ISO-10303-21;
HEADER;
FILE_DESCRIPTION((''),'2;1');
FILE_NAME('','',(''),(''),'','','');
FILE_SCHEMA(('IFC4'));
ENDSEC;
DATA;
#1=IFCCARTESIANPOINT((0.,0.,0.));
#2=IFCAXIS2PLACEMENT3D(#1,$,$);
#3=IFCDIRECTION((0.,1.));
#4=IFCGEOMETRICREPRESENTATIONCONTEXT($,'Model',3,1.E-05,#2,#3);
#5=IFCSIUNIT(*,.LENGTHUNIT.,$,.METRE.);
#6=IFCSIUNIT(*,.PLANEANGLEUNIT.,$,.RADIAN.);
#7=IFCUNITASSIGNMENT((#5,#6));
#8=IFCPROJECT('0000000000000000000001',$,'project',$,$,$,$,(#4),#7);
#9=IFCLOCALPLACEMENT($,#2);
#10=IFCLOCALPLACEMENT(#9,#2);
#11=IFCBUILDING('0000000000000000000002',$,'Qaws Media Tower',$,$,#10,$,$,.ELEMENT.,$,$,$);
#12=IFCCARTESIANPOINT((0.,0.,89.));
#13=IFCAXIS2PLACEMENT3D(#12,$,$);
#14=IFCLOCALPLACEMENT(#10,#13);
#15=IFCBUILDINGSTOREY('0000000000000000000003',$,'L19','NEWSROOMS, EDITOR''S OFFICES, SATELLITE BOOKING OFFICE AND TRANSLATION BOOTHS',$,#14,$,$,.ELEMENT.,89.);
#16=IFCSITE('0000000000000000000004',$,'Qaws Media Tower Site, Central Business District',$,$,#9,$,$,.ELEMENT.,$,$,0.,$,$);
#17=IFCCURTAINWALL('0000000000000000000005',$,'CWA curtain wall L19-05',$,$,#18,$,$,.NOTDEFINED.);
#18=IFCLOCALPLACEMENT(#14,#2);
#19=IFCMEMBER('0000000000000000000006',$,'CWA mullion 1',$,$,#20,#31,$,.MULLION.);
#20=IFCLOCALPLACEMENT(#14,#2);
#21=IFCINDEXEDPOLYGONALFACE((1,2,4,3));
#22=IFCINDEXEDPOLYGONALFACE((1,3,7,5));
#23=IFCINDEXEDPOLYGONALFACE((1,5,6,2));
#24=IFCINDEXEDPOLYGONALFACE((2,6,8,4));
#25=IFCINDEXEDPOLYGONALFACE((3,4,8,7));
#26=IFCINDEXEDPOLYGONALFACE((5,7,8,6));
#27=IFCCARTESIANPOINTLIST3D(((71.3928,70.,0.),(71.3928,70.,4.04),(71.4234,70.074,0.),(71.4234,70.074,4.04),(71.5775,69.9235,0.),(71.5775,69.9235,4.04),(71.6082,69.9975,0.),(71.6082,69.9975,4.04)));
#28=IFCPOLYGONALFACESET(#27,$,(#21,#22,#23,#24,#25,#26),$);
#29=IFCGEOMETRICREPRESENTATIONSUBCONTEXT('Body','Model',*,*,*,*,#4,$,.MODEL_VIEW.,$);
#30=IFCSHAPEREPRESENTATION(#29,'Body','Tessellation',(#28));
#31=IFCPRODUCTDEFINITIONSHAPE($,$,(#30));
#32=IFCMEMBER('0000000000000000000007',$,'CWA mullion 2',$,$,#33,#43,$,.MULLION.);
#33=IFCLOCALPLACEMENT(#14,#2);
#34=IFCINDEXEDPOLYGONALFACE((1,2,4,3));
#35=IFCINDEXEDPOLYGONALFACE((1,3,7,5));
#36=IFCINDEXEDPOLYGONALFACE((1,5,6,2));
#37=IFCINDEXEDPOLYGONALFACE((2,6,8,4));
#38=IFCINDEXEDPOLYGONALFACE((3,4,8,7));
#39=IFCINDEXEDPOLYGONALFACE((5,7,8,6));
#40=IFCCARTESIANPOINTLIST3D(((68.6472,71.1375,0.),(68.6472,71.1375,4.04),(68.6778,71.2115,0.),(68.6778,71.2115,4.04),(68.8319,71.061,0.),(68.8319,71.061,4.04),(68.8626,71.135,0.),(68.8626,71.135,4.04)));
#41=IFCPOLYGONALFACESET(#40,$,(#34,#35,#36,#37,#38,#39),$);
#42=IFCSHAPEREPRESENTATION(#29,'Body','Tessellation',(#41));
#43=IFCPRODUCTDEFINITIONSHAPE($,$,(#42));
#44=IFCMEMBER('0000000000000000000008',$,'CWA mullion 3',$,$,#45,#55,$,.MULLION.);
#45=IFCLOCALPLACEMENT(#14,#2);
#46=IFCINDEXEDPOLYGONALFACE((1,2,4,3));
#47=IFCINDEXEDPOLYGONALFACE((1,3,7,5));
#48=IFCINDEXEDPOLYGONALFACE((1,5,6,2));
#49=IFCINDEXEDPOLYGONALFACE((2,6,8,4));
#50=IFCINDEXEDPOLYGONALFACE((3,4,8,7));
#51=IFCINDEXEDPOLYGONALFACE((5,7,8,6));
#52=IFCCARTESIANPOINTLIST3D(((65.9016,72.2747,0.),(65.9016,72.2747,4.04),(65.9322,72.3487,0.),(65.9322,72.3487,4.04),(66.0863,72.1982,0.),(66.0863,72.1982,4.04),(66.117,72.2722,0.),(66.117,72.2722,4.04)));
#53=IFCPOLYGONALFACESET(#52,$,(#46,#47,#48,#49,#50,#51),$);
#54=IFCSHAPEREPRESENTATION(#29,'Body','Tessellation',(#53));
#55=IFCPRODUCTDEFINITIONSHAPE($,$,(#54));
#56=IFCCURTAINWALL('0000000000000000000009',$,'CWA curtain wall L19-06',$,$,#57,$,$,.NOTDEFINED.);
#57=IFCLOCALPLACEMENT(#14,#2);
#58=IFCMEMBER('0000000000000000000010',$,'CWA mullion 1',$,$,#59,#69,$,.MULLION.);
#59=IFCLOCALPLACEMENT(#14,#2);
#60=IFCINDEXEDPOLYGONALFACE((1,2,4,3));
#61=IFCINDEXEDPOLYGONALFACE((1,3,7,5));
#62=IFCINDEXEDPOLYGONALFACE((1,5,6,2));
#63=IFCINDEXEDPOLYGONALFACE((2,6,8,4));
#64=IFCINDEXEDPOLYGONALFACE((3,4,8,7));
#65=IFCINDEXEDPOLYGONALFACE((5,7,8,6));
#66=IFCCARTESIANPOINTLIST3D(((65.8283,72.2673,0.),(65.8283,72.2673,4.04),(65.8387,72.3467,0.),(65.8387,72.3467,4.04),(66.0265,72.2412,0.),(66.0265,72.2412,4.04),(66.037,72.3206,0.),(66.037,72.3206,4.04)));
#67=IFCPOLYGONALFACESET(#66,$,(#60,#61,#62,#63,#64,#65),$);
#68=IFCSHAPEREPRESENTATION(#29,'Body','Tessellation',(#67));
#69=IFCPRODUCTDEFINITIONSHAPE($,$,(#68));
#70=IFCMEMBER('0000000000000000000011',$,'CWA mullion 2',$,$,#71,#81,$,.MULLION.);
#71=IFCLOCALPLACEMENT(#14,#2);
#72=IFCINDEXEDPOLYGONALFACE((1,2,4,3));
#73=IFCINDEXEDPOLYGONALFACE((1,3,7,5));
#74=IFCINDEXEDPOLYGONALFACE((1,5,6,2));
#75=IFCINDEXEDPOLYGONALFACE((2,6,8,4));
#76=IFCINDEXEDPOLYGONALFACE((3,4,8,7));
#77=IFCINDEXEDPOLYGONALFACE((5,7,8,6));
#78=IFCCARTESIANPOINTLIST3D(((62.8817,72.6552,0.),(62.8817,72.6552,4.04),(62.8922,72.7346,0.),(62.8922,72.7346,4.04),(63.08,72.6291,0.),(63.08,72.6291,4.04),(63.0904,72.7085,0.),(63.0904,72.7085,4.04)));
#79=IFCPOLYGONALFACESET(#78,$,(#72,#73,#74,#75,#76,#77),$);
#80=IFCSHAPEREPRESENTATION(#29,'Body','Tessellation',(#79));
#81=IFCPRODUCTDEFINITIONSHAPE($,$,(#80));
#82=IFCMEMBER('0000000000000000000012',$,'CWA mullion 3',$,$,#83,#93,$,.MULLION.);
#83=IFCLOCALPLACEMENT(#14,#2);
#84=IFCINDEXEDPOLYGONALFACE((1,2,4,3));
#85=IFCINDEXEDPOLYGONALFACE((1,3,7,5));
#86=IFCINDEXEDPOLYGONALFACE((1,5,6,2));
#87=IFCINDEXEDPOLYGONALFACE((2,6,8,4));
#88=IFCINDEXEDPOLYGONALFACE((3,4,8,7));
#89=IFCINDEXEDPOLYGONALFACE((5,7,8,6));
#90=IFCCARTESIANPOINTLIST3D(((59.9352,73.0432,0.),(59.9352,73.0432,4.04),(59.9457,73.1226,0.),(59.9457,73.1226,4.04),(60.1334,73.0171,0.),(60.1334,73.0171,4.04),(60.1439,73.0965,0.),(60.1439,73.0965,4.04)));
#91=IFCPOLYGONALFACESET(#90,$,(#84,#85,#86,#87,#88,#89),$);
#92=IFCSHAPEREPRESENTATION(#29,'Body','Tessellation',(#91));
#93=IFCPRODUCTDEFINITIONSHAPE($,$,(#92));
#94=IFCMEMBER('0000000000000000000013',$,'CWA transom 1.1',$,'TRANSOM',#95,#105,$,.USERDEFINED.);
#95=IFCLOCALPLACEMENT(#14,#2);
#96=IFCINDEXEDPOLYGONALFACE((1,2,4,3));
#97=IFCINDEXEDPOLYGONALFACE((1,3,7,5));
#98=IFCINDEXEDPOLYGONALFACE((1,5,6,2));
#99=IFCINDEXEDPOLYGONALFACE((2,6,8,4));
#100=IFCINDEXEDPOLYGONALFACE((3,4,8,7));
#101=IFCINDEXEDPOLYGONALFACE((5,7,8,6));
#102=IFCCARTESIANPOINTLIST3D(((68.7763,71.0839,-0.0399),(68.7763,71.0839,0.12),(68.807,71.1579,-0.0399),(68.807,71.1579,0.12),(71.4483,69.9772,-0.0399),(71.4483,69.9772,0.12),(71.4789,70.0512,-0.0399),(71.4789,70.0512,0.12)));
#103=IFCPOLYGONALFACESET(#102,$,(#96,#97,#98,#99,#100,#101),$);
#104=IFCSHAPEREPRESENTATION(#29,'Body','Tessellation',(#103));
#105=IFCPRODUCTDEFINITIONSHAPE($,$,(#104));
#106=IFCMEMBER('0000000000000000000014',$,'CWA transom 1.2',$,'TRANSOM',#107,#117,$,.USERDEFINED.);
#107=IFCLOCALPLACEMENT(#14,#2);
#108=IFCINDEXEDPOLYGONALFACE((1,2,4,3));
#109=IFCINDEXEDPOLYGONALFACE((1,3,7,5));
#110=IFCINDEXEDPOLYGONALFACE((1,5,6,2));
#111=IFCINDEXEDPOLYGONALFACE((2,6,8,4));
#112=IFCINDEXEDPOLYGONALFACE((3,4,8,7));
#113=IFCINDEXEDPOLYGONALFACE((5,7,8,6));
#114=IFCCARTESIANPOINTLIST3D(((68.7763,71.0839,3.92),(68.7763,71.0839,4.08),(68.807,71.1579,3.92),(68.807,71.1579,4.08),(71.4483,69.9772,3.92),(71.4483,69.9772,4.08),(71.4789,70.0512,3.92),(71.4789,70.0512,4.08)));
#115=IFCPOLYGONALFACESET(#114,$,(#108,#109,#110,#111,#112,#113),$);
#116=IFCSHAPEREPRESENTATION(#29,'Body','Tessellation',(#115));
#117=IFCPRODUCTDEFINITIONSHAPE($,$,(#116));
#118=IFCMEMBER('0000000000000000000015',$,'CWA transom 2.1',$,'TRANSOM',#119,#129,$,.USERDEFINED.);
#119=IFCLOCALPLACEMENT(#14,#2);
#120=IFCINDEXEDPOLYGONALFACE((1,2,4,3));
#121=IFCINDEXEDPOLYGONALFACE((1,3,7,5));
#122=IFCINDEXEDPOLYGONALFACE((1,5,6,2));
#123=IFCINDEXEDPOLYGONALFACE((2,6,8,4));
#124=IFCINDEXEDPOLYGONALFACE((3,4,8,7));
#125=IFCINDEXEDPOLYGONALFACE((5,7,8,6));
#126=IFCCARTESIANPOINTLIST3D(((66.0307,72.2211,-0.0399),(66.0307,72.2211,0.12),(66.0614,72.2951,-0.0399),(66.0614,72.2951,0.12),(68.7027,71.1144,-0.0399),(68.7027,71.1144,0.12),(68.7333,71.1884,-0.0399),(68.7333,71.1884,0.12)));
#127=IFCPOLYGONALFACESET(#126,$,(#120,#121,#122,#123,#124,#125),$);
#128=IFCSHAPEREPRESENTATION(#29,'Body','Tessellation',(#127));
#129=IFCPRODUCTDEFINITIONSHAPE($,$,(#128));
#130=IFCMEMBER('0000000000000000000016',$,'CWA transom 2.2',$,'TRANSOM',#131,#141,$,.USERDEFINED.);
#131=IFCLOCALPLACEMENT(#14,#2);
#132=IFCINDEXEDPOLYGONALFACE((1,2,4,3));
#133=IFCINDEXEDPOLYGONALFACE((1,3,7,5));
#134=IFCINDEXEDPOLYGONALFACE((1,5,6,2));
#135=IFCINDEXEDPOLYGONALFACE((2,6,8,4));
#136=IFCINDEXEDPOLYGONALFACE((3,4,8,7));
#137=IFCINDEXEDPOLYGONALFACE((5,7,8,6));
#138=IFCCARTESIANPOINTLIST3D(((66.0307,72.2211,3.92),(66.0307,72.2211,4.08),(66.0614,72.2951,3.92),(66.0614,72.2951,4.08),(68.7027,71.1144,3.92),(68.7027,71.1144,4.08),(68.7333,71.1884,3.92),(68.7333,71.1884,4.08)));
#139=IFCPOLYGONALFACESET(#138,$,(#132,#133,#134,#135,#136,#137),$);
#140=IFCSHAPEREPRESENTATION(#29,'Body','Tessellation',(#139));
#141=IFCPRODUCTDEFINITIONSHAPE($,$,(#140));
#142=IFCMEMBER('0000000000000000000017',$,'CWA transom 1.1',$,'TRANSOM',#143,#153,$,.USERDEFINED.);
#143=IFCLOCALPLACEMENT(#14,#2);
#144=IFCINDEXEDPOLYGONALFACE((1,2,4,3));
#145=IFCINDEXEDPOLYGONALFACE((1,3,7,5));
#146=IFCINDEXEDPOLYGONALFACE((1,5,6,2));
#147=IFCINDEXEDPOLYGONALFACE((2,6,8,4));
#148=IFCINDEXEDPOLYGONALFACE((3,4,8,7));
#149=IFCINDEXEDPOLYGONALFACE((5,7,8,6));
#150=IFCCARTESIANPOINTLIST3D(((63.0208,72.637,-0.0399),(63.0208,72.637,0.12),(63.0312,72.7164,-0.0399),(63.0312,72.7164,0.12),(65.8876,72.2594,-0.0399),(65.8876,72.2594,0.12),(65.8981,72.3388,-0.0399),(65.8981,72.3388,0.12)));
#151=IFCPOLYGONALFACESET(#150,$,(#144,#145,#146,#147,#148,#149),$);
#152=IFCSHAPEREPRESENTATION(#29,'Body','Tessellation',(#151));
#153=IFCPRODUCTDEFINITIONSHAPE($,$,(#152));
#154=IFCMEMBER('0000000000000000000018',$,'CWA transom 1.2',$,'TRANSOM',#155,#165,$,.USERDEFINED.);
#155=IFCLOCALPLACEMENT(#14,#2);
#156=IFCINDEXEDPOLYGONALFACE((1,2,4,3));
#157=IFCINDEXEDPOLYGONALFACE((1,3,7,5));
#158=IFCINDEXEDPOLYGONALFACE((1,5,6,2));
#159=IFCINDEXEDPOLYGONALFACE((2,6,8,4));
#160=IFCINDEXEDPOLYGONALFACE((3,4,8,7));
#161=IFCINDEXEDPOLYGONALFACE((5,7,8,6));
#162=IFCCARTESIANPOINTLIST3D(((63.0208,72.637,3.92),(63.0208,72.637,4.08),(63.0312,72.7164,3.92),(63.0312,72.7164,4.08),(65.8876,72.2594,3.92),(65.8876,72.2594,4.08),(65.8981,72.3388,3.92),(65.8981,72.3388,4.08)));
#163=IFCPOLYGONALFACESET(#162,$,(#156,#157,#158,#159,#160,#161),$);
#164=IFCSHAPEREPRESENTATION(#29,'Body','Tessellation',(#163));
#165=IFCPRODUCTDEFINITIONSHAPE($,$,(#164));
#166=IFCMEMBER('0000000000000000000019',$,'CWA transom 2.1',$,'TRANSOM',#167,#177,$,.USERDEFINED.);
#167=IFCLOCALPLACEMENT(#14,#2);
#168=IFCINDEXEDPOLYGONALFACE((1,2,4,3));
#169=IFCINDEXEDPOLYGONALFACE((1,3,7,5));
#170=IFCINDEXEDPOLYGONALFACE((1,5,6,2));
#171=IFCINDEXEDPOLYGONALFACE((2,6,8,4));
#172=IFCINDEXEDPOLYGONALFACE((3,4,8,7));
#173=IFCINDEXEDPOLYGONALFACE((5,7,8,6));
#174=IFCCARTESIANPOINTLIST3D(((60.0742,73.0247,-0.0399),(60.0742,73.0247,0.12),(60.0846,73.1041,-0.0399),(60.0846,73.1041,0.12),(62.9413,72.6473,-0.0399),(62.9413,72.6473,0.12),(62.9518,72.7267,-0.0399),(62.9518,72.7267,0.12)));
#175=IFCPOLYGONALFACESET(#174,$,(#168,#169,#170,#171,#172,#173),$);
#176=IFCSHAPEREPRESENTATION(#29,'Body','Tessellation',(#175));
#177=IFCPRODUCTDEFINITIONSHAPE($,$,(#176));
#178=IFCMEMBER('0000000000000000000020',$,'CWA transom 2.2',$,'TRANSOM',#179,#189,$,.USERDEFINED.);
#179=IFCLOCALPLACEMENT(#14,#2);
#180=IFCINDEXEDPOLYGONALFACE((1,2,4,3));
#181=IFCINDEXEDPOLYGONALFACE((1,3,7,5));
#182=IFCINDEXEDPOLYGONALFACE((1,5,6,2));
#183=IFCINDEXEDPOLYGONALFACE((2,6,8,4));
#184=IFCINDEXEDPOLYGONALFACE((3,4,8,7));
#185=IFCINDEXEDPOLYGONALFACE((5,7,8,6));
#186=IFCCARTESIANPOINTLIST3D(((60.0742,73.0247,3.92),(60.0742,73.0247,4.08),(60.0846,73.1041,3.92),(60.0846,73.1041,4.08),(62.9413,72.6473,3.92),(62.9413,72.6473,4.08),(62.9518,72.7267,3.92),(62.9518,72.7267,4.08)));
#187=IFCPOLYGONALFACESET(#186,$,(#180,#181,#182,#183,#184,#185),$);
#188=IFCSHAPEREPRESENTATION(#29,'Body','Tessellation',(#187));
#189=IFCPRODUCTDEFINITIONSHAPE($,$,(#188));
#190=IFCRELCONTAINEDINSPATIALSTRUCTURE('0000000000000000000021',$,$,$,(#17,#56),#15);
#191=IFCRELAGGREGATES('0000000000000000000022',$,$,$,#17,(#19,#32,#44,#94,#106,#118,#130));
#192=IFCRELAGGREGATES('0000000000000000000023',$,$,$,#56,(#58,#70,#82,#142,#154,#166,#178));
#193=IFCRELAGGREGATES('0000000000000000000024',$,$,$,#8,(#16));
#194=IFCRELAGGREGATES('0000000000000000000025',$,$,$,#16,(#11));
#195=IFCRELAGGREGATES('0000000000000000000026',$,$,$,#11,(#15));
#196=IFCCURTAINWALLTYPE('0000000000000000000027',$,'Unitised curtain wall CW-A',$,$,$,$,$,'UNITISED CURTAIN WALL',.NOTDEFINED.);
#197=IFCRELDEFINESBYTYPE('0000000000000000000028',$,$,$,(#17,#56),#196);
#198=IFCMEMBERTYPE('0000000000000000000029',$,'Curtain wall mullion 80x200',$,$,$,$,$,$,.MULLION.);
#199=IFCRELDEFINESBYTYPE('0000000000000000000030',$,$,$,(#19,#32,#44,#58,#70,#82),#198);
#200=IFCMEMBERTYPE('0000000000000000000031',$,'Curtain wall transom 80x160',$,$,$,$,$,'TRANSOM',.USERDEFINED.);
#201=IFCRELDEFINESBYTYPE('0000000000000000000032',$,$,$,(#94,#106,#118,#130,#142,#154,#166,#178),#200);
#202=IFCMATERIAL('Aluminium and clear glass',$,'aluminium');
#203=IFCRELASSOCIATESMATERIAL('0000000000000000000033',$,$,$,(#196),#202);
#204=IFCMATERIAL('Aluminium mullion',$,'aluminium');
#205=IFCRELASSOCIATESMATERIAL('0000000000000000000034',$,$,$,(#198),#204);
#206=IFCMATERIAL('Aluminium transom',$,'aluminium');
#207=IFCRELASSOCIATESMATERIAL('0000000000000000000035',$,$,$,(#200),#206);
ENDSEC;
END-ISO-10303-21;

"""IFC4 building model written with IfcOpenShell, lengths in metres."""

from ifc_helpers import new_model, si_unit, direction, frame, origin, origin_2d, place, context, subcontext, project, spatial, rectangle, extrude, material, material_profile, profile_set, type_object, element, aggregate, save


model = new_model("IFC4")

# Units and contexts
model_context = context("Model", 3, precision=1e-05, world=origin(), true_north=direction((0.0, 1.0)))
body_context = subcontext(model_context, "Body", "Model", "MODEL_VIEW")
ifc_project = project(units=[si_unit("LENGTHUNIT", "METRE"), si_unit("PLANEANGLEUNIT", "RADIAN")], contexts=[model_context])

# Site, building, storey
site_placement = place(None, origin())
site = spatial("IfcSite", under=ifc_project, at=site_placement, Name="Qaws Media Tower Site, Central Business District", CompositionType="ELEMENT", RefElevation=0.0)
building_placement = place(site_placement, origin())
building = spatial("IfcBuilding", under=site, at=building_placement, Name="Qaws Media Tower", CompositionType="ELEMENT")
storey_placement = place(building_placement, frame((0.0, 0.0, 89.0)))
storey = spatial("IfcBuildingStorey", under=building, at=storey_placement, Name="L19", Description="NEWSROOMS, EDITOR'S OFFICES, SATELLITE BOOKING OFFICE AND TRANSLATION BOOTHS", CompositionType="ELEMENT", Elevation=89.0)

# Curtain walls, members
ifc_material_1 = material(Name="Aluminium and clear glass", Category="aluminium")
curtain_wall_type = type_object("IfcCurtainWallType", Name="Unitised curtain wall CW-A", ElementType="UNITISED CURTAIN WALL", PredefinedType="NOTDEFINED", material=ifc_material_1)
curtain_wall_1_placement = place(storey_placement, origin())
curtain_wall_1 = element("IfcCurtainWall", 1, at=curtain_wall_1_placement, inside=storey, type_object=curtain_wall_type, Name="CWA curtain wall L19-05", PredefinedType="NOTDEFINED")
ifc_material_2 = material(Name="Aluminium mullion", Category="aluminium")
ifc_material_profile_1 = material_profile(ifc_material_2, rectangle(XDim=0.0801, YDim=0.2, at=origin_2d()), Name="80x200")
ifc_profile_set_1 = profile_set([ifc_material_profile_1], Name="Aluminium mullion")
member_type_1 = type_object("IfcMemberType", Name="Curtain wall mullion 80x200", PredefinedType="MULLION", material=ifc_profile_set_1)
member_1_placement = place(storey_placement, frame((71.5005, 69.9988, 0.0), z_axis=(0.0, 0.0, 1.0), x_axis=(-0.382683, -0.92388, 0.0)))
member_1 = element("IfcMember", 2, at=member_1_placement, type_object=member_type_1, Name="CWA mullion 1", PredefinedType="MULLION", context=body_context, shape_type="SweptSolid", body=[
    extrude(rectangle(XDim=0.0801, YDim=0.2, at=origin_2d()), origin(), (0.0, 0.0, 1.0), 4.04),
])
member_2_placement = place(storey_placement, frame((68.7549, 71.1362, 0.0), z_axis=(0.0, 0.0, 1.0), x_axis=(-0.382683, -0.92388, 0.0)))
member_2 = element("IfcMember", 3, at=member_2_placement, type_object=member_type_1, Name="CWA mullion 2", PredefinedType="MULLION", context=body_context, shape_type="SweptSolid", body=[
    extrude(rectangle(XDim=0.0801, YDim=0.2, at=origin_2d()), origin(), (0.0, 0.0, 1.0), 4.04),
])
member_3_placement = place(storey_placement, frame((66.0093, 72.2734, 0.0), z_axis=(0.0, 0.0, 1.0), x_axis=(-0.382683, -0.92388, 0.0)))
member_3 = element("IfcMember", 4, at=member_3_placement, type_object=member_type_1, Name="CWA mullion 3", PredefinedType="MULLION", context=body_context, shape_type="SweptSolid", body=[
    extrude(rectangle(XDim=0.0801, YDim=0.2, at=origin_2d()), origin(), (0.0, 0.0, 1.0), 4.04),
])
curtain_wall_2_placement = place(storey_placement, origin())
curtain_wall_2 = element("IfcCurtainWall", 5, at=curtain_wall_2_placement, inside=storey, type_object=curtain_wall_type, Name="CWA curtain wall L19-06", PredefinedType="NOTDEFINED")
member_4_placement = place(storey_placement, frame((65.9326, 72.2939, 0.0), z_axis=(0.0, 0.0, 1.0), x_axis=(-0.130526, -0.991445, 0.0)))
member_4 = element("IfcMember", 6, at=member_4_placement, type_object=member_type_1, Name="CWA mullion 1", PredefinedType="MULLION", context=body_context, shape_type="SweptSolid", body=[
    extrude(rectangle(XDim=0.0801, YDim=0.2, at=origin_2d()), origin(), (0.0, 0.0, 1.0), 4.04),
])
member_5_placement = place(storey_placement, frame((62.9861, 72.6819, 0.0), z_axis=(0.0, 0.0, 1.0), x_axis=(-0.130526, -0.991445, 0.0)))
member_5 = element("IfcMember", 7, at=member_5_placement, type_object=member_type_1, Name="CWA mullion 2", PredefinedType="MULLION", context=body_context, shape_type="SweptSolid", body=[
    extrude(rectangle(XDim=0.0801, YDim=0.2, at=origin_2d()), origin(), (0.0, 0.0, 1.0), 4.04),
])
member_6_placement = place(storey_placement, frame((60.0396, 73.0698, 0.0), z_axis=(0.0, 0.0, 1.0), x_axis=(-0.130526, -0.991445, 0.0)))
member_6 = element("IfcMember", 8, at=member_6_placement, type_object=member_type_1, Name="CWA mullion 3", PredefinedType="MULLION", context=body_context, shape_type="SweptSolid", body=[
    extrude(rectangle(XDim=0.0801, YDim=0.2, at=origin_2d()), origin(), (0.0, 0.0, 1.0), 4.04),
])

# Members
ifc_material_3 = material(Name="Aluminium transom", Category="aluminium")
ifc_material_profile_2 = material_profile(ifc_material_3, rectangle(XDim=0.0801, YDim=0.1599, at=origin_2d()), Name="80x160")
ifc_profile_set_2 = profile_set([ifc_material_profile_2], Name="Aluminium transom")
member_type_2 = type_object("IfcMemberType", Name="Curtain wall transom 80x160", ElementType="TRANSOM", PredefinedType="USERDEFINED", material=ifc_profile_set_2)
member_7_placement = place(storey_placement, frame((71.4636, 70.0142, 0.04), z_axis=(-0.923884, 0.382672, 0.0), x_axis=(-0.382672, -0.923884, 0.0)))
member_7 = element("IfcMember", 9, at=member_7_placement, type_object=member_type_2, Name="CWA transom 1.1", ObjectType="TRANSOM", PredefinedType="USERDEFINED", context=body_context, shape_type="SweptSolid", body=[
    extrude(rectangle(XDim=0.0801, YDim=0.1599, at=origin_2d()), origin(), (0.0, 0.0, 1.0), 2.8921),
])
member_8_placement = place(storey_placement, frame((71.4636, 70.0142, 4.0), z_axis=(-0.923884, 0.382672, 0.0), x_axis=(-0.382672, -0.923884, 0.0)))
member_8 = element("IfcMember", 10, at=member_8_placement, type_object=member_type_2, Name="CWA transom 1.2", ObjectType="TRANSOM", PredefinedType="USERDEFINED", context=body_context, shape_type="SweptSolid", body=[
    extrude(rectangle(XDim=0.0801, YDim=0.1599, at=origin_2d()), origin(), (0.0, 0.0, 1.0), 2.8921),
])
member_9_placement = place(storey_placement, frame((68.718, 71.1514, 0.04), z_axis=(-0.923884, 0.382672, 0.0), x_axis=(-0.382672, -0.923884, 0.0)))
member_9 = element("IfcMember", 11, at=member_9_placement, type_object=member_type_2, Name="CWA transom 2.1", ObjectType="TRANSOM", PredefinedType="USERDEFINED", context=body_context, shape_type="SweptSolid", body=[
    extrude(rectangle(XDim=0.0801, YDim=0.1599, at=origin_2d()), origin(), (0.0, 0.0, 1.0), 2.8921),
])
member_10_placement = place(storey_placement, frame((68.718, 71.1514, 4.0), z_axis=(-0.923884, 0.382672, 0.0), x_axis=(-0.382672, -0.923884, 0.0)))
member_10 = element("IfcMember", 12, at=member_10_placement, type_object=member_type_2, Name="CWA transom 2.2", ObjectType="TRANSOM", PredefinedType="USERDEFINED", context=body_context, shape_type="SweptSolid", body=[
    extrude(rectangle(XDim=0.0801, YDim=0.1599, at=origin_2d()), origin(), (0.0, 0.0, 1.0), 2.8921),
])
member_11_placement = place(storey_placement, frame((65.8928, 72.2991, 0.04), z_axis=(-0.991434, 0.13061, 0.0), x_axis=(-0.13061, -0.991434, 0.0)))
member_11 = element("IfcMember", 13, at=member_11_placement, type_object=member_type_2, Name="CWA transom 1.1", ObjectType="TRANSOM", PredefinedType="USERDEFINED", context=body_context, shape_type="SweptSolid", body=[
    extrude(rectangle(XDim=0.0801, YDim=0.1599, at=origin_2d()), origin(), (0.0, 0.0, 1.0), 2.8916),
])
member_12_placement = place(storey_placement, frame((65.8928, 72.2991, 4.0), z_axis=(-0.991434, 0.13061, 0.0), x_axis=(-0.13061, -0.991434, 0.0)))
member_12 = element("IfcMember", 14, at=member_12_placement, type_object=member_type_2, Name="CWA transom 1.2", ObjectType="TRANSOM", PredefinedType="USERDEFINED", context=body_context, shape_type="SweptSolid", body=[
    extrude(rectangle(XDim=0.0801, YDim=0.1599, at=origin_2d()), origin(), (0.0, 0.0, 1.0), 2.8916),
])
member_13_placement = place(storey_placement, frame((62.9465, 72.687, 0.04), z_axis=(-0.991446, 0.130516, 0.0), x_axis=(-0.130516, -0.991446, 0.0)))
member_13 = element("IfcMember", 15, at=member_13_placement, type_object=member_type_2, Name="CWA transom 2.1", ObjectType="TRANSOM", PredefinedType="USERDEFINED", context=body_context, shape_type="SweptSolid", body=[
    extrude(rectangle(XDim=0.0801, YDim=0.1599, at=origin_2d()), origin(), (0.0, 0.0, 1.0), 2.8918),
])
member_14_placement = place(storey_placement, frame((62.9465, 72.687, 4.0), z_axis=(-0.991446, 0.130516, 0.0), x_axis=(-0.130516, -0.991446, 0.0)))
member_14 = element("IfcMember", 16, at=member_14_placement, type_object=member_type_2, Name="CWA transom 2.2", ObjectType="TRANSOM", PredefinedType="USERDEFINED", context=body_context, shape_type="SweptSolid", body=[
    extrude(rectangle(XDim=0.0801, YDim=0.1599, at=origin_2d()), origin(), (0.0, 0.0, 1.0), 2.8918),
])

aggregate(curtain_wall_1, [member_1, member_2, member_3, member_7, member_8, member_9, member_10])
aggregate(curtain_wall_2, [member_4, member_5, member_6, member_11, member_12, member_13, member_14])

save(model, "model.ifc")
